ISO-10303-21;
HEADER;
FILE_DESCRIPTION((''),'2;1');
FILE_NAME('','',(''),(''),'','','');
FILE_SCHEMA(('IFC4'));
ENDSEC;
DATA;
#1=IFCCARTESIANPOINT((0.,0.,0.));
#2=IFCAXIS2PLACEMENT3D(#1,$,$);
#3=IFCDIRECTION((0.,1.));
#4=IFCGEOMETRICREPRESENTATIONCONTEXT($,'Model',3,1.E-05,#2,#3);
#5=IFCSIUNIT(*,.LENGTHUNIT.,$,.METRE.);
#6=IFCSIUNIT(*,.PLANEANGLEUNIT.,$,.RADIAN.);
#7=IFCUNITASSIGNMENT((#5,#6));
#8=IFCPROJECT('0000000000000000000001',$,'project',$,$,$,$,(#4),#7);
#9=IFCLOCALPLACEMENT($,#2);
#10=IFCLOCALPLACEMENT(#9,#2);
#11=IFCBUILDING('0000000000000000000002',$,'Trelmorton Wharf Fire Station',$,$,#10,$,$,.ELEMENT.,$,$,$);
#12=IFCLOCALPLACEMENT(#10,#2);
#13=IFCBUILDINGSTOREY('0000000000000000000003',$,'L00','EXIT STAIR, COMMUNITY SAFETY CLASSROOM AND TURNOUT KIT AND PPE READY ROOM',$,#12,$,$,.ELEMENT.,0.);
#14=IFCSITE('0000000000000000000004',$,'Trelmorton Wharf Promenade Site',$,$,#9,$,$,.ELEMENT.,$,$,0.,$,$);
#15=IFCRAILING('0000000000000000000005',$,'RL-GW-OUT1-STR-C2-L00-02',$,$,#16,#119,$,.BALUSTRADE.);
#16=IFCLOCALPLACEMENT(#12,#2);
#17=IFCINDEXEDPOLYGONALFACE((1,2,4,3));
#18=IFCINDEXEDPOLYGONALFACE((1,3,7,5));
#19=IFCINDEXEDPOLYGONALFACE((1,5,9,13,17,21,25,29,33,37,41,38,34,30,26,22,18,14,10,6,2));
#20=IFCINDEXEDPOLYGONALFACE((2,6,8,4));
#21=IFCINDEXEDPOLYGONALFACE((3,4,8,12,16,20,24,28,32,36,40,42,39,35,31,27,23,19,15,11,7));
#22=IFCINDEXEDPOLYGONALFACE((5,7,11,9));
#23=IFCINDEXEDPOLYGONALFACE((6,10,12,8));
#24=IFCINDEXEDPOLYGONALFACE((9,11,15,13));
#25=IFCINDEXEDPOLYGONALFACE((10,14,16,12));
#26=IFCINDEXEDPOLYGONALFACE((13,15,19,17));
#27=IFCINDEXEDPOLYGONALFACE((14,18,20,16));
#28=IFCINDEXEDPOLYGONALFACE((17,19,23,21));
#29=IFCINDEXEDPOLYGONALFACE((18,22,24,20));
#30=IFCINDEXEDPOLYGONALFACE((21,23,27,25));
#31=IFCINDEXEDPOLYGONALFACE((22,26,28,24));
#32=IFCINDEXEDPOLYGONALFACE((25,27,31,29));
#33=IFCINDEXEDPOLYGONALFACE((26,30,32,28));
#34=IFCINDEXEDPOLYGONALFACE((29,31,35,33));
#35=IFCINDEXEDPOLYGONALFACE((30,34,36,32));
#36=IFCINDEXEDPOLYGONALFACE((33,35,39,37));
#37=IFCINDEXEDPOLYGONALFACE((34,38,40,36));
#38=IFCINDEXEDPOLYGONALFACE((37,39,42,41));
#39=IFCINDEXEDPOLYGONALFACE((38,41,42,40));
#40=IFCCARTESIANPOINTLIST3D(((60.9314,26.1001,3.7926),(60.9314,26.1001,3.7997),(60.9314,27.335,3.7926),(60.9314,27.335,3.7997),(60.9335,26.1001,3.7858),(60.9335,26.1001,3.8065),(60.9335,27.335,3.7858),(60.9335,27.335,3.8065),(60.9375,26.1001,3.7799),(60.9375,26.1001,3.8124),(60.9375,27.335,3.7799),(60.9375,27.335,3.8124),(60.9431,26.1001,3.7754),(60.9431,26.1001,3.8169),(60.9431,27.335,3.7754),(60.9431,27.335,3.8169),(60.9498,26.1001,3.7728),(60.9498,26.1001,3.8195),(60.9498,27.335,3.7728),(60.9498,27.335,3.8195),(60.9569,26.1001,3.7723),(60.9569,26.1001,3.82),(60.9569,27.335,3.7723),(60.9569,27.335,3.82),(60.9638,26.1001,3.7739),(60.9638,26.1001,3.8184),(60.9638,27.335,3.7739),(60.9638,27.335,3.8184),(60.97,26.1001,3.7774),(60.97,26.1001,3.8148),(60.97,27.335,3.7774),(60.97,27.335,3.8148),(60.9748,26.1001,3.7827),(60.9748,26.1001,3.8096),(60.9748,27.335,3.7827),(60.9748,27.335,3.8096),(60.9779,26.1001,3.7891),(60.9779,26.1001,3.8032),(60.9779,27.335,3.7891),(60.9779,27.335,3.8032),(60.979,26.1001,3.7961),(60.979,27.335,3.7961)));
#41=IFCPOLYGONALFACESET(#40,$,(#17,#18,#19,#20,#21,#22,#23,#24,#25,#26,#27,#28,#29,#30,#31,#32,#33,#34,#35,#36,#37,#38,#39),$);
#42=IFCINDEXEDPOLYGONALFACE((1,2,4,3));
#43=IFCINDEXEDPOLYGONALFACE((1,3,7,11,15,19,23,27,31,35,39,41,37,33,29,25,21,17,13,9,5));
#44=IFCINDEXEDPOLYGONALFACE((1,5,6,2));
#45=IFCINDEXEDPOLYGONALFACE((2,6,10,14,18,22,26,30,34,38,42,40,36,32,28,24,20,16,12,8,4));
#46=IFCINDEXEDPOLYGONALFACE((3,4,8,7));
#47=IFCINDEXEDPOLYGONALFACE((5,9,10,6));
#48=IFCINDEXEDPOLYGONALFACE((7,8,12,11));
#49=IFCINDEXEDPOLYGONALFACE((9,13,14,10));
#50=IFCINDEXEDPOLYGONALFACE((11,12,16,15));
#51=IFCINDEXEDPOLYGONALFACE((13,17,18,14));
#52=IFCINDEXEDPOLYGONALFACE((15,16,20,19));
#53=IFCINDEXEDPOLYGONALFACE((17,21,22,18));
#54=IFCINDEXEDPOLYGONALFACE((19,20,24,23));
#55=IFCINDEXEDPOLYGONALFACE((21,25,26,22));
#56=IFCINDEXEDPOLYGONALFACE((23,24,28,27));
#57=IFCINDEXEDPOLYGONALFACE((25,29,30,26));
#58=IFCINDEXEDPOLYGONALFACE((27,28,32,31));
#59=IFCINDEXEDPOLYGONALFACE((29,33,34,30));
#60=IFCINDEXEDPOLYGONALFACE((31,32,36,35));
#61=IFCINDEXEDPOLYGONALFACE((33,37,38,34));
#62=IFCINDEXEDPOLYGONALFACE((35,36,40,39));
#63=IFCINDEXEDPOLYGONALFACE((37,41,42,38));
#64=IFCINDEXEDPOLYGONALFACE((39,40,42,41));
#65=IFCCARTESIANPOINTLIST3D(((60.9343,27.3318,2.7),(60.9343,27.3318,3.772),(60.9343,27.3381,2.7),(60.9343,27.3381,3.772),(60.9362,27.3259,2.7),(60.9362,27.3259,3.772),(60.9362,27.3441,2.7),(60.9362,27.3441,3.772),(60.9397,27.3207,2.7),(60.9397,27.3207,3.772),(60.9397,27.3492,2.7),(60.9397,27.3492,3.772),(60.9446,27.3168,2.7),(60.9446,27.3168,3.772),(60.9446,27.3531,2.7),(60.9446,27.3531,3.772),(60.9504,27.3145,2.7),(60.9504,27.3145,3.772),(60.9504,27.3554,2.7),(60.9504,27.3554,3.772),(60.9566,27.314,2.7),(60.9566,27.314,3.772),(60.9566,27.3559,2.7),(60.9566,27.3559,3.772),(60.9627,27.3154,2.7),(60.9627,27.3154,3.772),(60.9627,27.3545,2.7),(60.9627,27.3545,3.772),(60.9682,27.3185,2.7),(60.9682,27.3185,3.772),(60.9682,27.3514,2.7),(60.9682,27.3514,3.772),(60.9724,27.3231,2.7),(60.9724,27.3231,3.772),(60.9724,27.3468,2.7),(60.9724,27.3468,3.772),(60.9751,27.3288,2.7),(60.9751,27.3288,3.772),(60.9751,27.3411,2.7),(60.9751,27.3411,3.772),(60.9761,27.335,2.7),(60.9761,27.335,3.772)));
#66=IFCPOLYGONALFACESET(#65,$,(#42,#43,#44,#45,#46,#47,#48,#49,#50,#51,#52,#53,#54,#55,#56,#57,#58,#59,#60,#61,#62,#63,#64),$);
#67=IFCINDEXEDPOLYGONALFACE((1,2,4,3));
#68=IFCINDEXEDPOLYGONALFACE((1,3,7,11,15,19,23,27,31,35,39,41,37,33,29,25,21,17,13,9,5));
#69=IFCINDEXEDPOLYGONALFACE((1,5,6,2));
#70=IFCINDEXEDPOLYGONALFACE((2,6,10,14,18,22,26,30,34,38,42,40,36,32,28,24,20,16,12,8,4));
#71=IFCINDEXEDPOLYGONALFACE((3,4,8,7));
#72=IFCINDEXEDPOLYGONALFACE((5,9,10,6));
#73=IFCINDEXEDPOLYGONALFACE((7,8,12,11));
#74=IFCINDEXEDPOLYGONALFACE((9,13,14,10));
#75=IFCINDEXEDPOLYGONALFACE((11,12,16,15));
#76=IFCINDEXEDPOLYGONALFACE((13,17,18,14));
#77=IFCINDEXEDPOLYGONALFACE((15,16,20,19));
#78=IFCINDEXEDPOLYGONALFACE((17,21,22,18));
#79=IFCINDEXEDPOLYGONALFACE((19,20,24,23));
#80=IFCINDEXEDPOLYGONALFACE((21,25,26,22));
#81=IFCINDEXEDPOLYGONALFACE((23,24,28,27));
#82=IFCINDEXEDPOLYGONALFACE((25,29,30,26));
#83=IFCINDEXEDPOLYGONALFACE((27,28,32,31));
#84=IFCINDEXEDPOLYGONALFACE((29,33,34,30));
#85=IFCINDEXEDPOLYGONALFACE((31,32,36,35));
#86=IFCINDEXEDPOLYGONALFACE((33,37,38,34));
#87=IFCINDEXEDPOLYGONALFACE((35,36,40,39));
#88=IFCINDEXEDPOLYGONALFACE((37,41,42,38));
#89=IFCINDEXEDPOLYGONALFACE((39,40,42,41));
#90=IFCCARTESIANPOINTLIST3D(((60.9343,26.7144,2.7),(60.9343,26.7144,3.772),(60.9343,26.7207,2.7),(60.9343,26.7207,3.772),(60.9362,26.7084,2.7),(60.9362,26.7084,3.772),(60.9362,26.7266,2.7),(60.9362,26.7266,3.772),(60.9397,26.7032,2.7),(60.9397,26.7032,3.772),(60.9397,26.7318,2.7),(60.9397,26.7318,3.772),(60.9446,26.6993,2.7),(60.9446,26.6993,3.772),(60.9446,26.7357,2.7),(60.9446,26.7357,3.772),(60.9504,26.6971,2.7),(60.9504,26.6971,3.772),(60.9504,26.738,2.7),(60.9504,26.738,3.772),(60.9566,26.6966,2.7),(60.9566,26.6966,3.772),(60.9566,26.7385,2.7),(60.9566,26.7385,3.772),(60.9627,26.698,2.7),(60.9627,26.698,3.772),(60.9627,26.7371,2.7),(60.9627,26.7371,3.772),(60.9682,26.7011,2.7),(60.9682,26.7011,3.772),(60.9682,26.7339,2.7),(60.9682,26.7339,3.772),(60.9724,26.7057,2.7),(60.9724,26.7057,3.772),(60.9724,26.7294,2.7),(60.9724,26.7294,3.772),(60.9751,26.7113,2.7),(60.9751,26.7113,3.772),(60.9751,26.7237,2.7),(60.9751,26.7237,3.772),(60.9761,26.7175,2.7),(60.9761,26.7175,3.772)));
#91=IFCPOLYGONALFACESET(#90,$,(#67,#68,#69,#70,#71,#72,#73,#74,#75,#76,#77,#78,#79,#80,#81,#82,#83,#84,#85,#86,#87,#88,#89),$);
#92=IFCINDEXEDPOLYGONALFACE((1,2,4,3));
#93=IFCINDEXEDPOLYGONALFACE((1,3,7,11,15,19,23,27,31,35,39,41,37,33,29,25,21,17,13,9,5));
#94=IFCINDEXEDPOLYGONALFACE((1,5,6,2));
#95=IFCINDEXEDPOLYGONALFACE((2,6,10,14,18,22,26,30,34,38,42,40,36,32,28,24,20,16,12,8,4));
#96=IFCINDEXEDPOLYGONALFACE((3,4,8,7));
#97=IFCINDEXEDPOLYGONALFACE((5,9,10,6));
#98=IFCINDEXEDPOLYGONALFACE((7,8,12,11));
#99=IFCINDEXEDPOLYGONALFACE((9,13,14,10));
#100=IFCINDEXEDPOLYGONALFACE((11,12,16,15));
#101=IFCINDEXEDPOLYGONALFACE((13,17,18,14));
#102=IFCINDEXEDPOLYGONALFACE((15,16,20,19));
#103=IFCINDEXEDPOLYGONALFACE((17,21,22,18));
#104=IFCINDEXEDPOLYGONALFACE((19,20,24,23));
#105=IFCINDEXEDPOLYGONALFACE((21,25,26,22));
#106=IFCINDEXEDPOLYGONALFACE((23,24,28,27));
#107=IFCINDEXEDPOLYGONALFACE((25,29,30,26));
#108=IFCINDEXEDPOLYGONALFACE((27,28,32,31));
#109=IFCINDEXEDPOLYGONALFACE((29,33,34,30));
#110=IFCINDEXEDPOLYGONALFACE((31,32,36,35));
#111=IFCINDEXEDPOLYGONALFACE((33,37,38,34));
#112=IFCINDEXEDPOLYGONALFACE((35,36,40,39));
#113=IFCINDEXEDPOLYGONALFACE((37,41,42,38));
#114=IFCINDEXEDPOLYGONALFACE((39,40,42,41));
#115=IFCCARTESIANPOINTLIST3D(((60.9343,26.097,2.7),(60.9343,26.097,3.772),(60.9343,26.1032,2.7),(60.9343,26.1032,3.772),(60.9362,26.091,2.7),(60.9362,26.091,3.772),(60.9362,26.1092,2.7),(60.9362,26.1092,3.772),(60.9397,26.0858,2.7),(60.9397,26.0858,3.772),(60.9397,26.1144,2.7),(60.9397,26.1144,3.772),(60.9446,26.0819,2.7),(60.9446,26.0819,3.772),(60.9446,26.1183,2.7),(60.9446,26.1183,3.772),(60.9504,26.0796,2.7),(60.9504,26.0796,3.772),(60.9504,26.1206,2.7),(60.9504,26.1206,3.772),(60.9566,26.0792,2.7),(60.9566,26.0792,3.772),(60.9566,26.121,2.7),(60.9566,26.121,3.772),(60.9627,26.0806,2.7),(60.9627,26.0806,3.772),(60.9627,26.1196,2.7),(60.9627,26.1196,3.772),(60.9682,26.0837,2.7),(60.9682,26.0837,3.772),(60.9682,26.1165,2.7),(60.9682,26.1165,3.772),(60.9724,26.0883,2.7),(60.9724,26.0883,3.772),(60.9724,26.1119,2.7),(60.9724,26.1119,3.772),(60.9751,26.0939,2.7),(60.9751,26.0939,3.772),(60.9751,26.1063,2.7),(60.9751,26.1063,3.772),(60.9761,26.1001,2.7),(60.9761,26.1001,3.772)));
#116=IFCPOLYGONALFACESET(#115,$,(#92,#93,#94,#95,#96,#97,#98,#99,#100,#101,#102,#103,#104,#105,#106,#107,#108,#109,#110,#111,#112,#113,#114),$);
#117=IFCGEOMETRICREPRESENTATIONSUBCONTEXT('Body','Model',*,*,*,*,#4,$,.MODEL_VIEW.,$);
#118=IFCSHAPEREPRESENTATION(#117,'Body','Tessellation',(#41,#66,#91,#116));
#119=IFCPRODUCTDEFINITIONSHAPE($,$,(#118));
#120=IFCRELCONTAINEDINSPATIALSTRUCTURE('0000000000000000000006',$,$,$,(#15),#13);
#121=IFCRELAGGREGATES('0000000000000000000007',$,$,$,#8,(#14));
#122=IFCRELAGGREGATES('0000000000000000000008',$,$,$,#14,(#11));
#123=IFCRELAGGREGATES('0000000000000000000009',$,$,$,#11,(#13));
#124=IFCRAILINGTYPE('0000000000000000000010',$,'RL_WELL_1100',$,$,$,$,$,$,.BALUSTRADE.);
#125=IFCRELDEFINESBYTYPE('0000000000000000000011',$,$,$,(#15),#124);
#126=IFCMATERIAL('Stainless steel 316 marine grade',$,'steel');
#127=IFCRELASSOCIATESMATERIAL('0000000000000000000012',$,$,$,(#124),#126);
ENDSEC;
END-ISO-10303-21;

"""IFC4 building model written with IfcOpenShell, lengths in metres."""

from ifc_helpers import new_model, si_unit, direction, frame, origin, origin_2d, place, context, subcontext, project, spatial, circle, extrude, material, type_object, element, save


model = new_model("IFC4")

# Units and contexts
model_context = context("Model", 3, precision=1e-05, world=origin(), true_north=direction((0.0, 1.0)))
body_context = subcontext(model_context, "Body", "Model", "MODEL_VIEW")
ifc_project = project(units=[si_unit("LENGTHUNIT", "METRE"), si_unit("PLANEANGLEUNIT", "RADIAN")], contexts=[model_context])

# Site, building, storey
site_placement = place(None, origin())
site = spatial("IfcSite", under=ifc_project, at=site_placement, Name="Trelmorton Wharf Promenade Site", CompositionType="ELEMENT", RefElevation=0.0)
building_placement = place(site_placement, origin())
building = spatial("IfcBuilding", under=site, at=building_placement, Name="Trelmorton Wharf Fire Station", CompositionType="ELEMENT")
storey_placement = place(building_placement, origin())
storey = spatial("IfcBuildingStorey", under=building, at=storey_placement, Name="L00", Description="EXIT STAIR, COMMUNITY SAFETY CLASSROOM AND TURNOUT KIT AND PPE READY ROOM", CompositionType="ELEMENT", Elevation=0.0)

# Shared definitions
ifc_material_1 = material(Name="Stainless steel 316 marine grade", Category="steel")

# Railing
railing_type_1 = type_object("IfcRailingType", Name="RL_WELL_1100", PredefinedType="BALUSTRADE", material=ifc_material_1)
railing_1_placement = place(storey_placement, frame((60.9551, 27.335, 2.7)))
element("IfcRailing", 1, at=railing_1_placement, inside=storey, type_object=railing_type_1, Name="RL-GW-OUT1-STR-C2-L00-02", PredefinedType="BALUSTRADE", context=body_context, shape_type="SweptSolid", body=[
    extrude(circle(Radius=0.0239, at=origin_2d()), frame((0.0, 0.0, 1.0962), z_axis=(0.0, -1.0, 0.0), x_axis=(1.0, 0.0, 0.0)), (0.0, 0.0, 1.0), 1.2349),
    extrude(circle(Radius=0.021, at=origin_2d()), origin(), (0.0, 0.0, 1.0), 1.072),
    extrude(circle(Radius=0.021, at=origin_2d()), frame((0.0, -0.6174, 0.0)), (0.0, 0.0, 1.0), 1.072),
    extrude(circle(Radius=0.021, at=origin_2d()), frame((0.0, -1.2349, 0.0)), (0.0, 0.0, 1.0), 1.072),
])

save(model, "model.ifc")
